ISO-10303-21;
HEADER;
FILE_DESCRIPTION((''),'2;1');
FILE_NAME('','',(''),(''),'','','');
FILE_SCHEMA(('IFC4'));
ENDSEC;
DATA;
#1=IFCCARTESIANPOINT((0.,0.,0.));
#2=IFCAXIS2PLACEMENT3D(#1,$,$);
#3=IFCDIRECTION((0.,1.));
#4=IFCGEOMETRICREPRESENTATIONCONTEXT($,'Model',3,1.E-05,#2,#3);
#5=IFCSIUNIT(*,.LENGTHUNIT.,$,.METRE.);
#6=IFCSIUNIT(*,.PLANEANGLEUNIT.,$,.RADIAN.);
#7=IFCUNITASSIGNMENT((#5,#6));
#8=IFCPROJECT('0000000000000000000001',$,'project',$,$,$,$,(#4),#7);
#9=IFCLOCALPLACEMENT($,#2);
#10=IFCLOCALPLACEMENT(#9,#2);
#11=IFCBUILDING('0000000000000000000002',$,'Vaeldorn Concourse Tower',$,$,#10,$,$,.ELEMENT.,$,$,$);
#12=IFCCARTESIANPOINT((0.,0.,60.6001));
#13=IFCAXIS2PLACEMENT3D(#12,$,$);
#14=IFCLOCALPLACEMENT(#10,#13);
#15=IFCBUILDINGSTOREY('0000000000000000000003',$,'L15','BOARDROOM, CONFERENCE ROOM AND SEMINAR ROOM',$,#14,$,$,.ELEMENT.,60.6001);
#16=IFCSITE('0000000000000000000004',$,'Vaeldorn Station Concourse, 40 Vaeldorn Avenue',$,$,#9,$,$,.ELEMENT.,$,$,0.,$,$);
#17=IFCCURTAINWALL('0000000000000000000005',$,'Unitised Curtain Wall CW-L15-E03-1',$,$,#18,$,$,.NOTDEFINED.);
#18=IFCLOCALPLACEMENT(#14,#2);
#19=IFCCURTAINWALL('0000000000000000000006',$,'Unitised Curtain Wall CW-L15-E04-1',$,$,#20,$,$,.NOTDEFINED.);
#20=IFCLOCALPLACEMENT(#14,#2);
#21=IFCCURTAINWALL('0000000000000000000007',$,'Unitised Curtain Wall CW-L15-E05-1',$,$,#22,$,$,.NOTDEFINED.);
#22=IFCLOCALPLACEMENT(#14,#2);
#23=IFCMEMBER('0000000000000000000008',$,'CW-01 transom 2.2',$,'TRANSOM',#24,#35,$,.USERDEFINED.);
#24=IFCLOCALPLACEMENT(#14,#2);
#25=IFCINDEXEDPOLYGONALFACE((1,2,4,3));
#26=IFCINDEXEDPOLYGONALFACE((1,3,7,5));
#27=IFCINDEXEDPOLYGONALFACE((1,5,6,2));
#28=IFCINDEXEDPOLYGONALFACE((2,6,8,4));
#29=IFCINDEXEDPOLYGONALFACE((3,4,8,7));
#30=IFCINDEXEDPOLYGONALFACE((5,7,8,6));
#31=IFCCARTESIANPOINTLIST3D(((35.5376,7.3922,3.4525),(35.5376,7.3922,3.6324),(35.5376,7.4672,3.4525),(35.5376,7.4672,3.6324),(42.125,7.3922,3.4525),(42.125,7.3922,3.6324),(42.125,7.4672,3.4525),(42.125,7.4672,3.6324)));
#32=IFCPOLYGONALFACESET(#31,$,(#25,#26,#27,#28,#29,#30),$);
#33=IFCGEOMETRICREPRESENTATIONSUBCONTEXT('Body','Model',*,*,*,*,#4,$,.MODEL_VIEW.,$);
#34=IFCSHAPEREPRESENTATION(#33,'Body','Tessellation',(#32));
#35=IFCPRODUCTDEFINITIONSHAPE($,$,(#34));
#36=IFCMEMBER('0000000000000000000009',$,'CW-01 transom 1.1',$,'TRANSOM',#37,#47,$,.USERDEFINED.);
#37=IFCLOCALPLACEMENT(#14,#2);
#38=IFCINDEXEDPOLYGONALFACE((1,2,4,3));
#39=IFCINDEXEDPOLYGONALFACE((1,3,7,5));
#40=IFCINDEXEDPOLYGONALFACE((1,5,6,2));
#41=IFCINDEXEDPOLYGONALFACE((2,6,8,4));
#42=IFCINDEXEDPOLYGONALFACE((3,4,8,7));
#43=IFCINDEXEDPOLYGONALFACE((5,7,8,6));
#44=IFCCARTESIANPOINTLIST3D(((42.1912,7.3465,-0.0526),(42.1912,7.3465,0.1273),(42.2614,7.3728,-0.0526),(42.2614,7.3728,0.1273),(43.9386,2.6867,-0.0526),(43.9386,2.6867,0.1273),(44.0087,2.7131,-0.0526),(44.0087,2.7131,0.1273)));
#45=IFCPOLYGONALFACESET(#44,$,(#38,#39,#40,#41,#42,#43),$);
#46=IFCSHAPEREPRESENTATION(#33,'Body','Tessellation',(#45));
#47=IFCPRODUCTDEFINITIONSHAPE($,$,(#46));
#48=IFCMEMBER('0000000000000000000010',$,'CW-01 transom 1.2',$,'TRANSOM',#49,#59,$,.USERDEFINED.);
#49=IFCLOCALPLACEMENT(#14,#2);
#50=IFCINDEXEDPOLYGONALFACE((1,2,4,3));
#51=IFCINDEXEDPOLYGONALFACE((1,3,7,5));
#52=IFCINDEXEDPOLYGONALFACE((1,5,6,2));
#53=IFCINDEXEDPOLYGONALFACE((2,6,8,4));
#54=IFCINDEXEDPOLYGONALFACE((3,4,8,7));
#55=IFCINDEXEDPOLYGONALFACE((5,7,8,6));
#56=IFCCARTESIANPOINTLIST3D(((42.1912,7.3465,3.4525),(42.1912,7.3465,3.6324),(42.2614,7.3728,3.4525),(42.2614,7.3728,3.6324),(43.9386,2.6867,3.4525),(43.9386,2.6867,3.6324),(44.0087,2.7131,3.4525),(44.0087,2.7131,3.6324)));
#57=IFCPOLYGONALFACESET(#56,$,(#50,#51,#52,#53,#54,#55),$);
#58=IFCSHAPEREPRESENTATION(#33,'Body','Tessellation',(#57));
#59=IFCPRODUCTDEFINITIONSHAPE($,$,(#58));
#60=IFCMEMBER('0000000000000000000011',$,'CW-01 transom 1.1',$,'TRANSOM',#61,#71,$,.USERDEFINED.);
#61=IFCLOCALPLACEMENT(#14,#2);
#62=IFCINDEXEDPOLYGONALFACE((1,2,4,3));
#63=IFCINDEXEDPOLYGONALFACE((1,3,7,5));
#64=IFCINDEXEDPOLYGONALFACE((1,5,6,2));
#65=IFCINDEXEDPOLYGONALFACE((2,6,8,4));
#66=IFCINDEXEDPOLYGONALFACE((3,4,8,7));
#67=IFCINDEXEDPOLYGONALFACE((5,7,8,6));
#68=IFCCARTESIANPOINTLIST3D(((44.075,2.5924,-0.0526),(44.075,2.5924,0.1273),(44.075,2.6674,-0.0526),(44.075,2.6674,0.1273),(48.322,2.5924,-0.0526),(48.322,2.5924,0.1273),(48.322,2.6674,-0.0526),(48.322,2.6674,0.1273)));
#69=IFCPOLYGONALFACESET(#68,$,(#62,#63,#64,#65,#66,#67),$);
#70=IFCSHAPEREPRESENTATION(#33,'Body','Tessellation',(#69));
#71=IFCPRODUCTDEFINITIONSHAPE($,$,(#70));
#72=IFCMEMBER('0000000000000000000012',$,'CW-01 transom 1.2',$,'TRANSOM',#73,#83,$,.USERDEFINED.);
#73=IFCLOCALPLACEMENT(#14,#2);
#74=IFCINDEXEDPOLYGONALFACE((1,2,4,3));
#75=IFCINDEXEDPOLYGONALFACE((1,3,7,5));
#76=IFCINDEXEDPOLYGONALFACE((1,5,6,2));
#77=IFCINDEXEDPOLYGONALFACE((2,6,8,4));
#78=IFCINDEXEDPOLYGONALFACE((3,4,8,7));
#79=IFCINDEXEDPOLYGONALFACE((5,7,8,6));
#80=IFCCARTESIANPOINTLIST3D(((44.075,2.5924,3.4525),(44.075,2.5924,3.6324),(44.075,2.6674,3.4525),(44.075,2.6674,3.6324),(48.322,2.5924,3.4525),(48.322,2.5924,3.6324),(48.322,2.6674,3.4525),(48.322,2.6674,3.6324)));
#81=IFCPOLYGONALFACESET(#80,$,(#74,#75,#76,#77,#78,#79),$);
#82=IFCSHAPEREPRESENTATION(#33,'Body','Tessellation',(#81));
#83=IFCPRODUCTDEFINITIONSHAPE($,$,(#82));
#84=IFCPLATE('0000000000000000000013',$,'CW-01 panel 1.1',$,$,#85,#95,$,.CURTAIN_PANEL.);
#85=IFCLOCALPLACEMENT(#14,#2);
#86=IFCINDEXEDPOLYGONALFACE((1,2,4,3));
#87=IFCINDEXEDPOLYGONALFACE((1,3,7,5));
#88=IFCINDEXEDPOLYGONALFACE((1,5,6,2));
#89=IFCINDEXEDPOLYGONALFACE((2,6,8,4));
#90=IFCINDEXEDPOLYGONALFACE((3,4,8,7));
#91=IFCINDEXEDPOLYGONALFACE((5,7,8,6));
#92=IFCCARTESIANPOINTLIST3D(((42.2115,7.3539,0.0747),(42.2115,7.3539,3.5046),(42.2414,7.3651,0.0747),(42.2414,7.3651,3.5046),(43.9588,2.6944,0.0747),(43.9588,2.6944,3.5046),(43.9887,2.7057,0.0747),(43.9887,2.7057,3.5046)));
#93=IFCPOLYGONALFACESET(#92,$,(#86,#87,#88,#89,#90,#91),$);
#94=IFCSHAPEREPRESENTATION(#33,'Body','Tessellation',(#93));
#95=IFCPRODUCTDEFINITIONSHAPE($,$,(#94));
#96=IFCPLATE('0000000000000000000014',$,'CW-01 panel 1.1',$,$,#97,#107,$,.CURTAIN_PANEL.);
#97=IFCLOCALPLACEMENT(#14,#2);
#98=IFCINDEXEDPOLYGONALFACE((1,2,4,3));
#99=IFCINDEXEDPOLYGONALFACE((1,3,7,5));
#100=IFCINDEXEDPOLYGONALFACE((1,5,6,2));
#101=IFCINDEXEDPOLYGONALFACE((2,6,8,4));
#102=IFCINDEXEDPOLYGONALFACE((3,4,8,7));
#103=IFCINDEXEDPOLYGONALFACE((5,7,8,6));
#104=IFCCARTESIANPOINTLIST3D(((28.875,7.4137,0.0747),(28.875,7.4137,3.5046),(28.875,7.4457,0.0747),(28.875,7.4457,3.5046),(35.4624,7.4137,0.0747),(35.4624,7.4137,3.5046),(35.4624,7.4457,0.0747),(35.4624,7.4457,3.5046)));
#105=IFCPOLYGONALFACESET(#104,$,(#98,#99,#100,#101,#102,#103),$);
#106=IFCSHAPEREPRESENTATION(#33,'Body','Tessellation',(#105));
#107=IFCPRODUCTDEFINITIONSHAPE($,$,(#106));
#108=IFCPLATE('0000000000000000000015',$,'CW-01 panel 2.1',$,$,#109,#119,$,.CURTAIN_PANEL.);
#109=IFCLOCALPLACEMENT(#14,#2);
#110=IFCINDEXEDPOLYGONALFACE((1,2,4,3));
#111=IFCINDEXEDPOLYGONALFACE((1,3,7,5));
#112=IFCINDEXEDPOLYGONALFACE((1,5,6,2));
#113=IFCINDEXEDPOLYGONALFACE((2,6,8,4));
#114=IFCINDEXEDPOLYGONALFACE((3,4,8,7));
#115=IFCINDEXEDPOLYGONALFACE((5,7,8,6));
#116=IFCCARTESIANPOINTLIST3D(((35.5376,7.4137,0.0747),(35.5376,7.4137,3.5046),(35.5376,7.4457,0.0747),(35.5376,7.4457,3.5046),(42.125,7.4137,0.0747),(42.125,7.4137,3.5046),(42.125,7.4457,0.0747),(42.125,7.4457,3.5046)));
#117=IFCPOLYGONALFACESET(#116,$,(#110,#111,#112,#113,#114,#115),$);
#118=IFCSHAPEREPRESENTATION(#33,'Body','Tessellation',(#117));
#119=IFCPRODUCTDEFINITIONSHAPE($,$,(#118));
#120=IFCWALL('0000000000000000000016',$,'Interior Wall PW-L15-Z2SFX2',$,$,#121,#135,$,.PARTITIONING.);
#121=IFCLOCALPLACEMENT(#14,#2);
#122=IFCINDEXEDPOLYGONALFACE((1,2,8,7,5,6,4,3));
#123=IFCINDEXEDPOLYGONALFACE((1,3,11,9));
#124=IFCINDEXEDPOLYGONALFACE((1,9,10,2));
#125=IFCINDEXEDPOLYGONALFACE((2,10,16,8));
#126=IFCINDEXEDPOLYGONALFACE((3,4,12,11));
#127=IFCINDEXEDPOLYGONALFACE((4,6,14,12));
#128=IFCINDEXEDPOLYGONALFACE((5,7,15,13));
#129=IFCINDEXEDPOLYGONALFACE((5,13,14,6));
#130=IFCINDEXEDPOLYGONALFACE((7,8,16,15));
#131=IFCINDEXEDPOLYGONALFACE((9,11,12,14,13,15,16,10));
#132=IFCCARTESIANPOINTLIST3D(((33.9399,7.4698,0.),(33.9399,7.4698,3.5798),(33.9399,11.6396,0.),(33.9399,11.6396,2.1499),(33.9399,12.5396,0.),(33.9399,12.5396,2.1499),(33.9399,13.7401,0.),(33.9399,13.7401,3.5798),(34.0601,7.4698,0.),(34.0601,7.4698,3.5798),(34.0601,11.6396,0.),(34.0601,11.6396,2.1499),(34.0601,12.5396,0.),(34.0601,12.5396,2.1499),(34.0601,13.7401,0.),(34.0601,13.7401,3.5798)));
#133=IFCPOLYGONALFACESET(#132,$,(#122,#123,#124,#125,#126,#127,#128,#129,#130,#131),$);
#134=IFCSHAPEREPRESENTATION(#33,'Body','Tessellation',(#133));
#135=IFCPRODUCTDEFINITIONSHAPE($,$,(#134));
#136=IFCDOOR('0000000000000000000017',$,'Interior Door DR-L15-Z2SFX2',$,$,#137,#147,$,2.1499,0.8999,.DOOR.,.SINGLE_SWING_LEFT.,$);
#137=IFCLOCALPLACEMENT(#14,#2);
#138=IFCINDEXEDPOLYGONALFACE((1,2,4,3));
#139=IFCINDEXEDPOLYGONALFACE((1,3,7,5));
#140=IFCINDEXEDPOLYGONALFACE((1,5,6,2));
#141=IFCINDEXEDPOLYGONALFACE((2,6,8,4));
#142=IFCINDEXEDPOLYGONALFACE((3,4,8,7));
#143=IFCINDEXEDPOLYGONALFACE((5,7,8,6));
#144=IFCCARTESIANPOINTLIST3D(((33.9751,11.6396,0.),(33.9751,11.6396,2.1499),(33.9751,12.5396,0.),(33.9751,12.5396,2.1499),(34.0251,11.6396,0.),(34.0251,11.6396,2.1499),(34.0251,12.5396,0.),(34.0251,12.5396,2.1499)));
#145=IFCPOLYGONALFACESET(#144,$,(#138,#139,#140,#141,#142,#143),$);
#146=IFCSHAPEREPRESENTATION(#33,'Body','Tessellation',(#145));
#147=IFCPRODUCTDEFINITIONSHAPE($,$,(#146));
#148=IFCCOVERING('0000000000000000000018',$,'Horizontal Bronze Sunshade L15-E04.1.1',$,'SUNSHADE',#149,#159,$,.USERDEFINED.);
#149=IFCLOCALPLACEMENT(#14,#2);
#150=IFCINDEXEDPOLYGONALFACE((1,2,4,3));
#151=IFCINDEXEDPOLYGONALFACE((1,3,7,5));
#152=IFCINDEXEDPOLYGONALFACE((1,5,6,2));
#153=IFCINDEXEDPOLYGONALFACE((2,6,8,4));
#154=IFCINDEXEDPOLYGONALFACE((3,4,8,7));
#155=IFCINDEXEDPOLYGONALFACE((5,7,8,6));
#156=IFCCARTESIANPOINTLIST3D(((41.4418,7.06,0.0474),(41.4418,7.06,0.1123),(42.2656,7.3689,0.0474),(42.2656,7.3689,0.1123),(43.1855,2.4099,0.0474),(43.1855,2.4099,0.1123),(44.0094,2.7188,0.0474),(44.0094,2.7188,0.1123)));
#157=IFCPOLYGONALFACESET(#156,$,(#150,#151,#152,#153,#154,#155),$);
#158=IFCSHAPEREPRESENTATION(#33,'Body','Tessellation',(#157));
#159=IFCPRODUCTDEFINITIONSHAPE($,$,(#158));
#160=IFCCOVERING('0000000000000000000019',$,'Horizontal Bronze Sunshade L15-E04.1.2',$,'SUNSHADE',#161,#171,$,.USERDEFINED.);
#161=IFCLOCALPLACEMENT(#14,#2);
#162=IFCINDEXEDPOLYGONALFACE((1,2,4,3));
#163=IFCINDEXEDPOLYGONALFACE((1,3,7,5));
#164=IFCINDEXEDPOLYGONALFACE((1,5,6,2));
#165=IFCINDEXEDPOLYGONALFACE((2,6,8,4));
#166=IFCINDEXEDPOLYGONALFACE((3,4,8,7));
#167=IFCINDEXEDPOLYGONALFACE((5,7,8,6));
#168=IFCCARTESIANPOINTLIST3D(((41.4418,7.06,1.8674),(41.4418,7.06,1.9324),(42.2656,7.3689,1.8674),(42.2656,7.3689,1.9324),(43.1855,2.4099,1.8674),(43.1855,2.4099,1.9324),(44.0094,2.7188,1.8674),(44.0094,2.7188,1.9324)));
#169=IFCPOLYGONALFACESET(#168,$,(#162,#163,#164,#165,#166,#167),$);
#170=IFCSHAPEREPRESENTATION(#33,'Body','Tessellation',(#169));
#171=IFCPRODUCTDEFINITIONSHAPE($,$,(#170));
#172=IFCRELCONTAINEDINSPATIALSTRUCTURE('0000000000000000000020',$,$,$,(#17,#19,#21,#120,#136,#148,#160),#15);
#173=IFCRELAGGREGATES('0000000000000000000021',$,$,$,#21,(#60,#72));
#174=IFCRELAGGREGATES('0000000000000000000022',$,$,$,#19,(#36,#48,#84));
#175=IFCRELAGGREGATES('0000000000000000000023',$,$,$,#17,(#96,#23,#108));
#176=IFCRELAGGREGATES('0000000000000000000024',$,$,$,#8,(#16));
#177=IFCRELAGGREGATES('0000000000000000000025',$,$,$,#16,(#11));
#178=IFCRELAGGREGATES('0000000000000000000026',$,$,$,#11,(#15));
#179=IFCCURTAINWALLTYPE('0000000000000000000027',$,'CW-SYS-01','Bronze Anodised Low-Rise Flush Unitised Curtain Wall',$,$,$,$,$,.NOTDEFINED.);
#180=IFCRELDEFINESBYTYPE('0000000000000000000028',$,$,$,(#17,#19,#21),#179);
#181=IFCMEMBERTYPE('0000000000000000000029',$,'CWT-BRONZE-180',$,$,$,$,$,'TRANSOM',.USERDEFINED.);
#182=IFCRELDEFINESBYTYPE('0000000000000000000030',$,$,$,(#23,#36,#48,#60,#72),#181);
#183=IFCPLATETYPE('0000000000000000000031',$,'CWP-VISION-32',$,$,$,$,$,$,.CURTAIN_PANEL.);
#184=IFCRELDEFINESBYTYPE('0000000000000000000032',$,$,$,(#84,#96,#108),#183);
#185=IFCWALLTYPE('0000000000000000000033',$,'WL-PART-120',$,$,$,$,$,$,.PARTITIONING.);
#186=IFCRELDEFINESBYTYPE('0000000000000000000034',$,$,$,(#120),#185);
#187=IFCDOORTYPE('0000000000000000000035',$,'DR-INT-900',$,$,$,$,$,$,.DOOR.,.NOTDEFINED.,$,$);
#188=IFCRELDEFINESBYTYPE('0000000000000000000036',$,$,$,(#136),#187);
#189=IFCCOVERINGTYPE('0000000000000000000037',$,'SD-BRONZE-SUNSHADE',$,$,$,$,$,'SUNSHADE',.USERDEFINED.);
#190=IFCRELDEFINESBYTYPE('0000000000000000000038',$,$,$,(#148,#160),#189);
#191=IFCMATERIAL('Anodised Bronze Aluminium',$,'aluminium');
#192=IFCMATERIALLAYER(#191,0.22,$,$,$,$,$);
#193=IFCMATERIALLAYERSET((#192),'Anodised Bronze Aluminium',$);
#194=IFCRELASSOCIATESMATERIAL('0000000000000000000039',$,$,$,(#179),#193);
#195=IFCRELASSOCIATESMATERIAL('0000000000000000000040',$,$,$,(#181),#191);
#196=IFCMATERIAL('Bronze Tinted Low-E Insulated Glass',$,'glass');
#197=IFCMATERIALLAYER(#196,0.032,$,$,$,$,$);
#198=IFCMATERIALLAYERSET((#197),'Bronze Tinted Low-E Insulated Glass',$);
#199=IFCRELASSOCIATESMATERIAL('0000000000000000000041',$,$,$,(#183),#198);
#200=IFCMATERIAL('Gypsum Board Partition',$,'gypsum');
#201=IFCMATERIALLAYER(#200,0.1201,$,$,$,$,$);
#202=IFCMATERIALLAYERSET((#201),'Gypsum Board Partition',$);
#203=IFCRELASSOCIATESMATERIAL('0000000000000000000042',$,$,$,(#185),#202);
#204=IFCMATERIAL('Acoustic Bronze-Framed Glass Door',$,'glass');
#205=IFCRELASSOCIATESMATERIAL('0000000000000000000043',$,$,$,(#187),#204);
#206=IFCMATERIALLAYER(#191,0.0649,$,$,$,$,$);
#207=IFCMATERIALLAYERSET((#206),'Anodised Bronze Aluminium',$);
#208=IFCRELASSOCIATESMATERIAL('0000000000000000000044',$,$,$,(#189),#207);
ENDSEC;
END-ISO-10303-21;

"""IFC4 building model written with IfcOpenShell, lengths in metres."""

from ifc_helpers import new_model, si_unit, direction, frame, frame_2d, origin, origin_2d, place, context, subcontext, project, spatial, rectangle, extrude, source, transform, mapped, material, layer, layer_set, material_profile, profile_set, type_object, element, fill, aggregate, save


model = new_model("IFC4")

# Units and contexts
model_context = context("Model", 3, precision=1e-05, world=origin(), true_north=direction((0.0, 1.0)))
body_context = subcontext(model_context, "Body", "Model", "MODEL_VIEW")
ifc_project = project(units=[si_unit("LENGTHUNIT", "METRE"), si_unit("PLANEANGLEUNIT", "RADIAN")], contexts=[model_context])

# Site, building, storey
site_placement = place(None, origin())
site = spatial("IfcSite", under=ifc_project, at=site_placement, Name="Vaeldorn Station Concourse, 40 Vaeldorn Avenue", CompositionType="ELEMENT", RefElevation=0.0)
building_placement = place(site_placement, origin())
building = spatial("IfcBuilding", under=site, at=building_placement, Name="Vaeldorn Concourse Tower", CompositionType="ELEMENT")
storey_placement = place(building_placement, frame((0.0, 0.0, 60.6001)))
storey = spatial("IfcBuildingStorey", under=building, at=storey_placement, Name="L15", Description="BOARDROOM, CONFERENCE ROOM AND SEMINAR ROOM", CompositionType="ELEMENT", Elevation=60.6001)

# Curtain walls
ifc_material_1 = material(Name="Anodised Bronze Aluminium", Category="aluminium")
ifc_layer_1 = layer(ifc_material_1, 0.22)
ifc_layer_set_1 = layer_set([ifc_layer_1], Name="Anodised Bronze Aluminium")
curtain_wall_type = type_object("IfcCurtainWallType", Name="CW-SYS-01", Description="Bronze Anodised Low-Rise Flush Unitised Curtain Wall", PredefinedType="NOTDEFINED", material=ifc_layer_set_1)
curtain_wall_1_placement = place(storey_placement, origin())
curtain_wall_1 = element("IfcCurtainWall", 1, at=curtain_wall_1_placement, inside=storey, type_object=curtain_wall_type, Name="Unitised Curtain Wall CW-L15-E03-1", PredefinedType="NOTDEFINED")
curtain_wall_2_placement = place(storey_placement, origin())
curtain_wall_2 = element("IfcCurtainWall", 2, at=curtain_wall_2_placement, inside=storey, type_object=curtain_wall_type, Name="Unitised Curtain Wall CW-L15-E04-1", PredefinedType="NOTDEFINED")

# Curtain wall
curtain_wall_3_placement = place(storey_placement, origin())
curtain_wall_3 = element("IfcCurtainWall", 3, at=curtain_wall_3_placement, inside=storey, type_object=curtain_wall_type, Name="Unitised Curtain Wall CW-L15-E05-1", PredefinedType="NOTDEFINED")

# Members
ifc_material_profile_1 = material_profile(ifc_material_1, rectangle(XDim=0.075, YDim=0.1799, at=origin_2d()), Name="CWT 75x180")
ifc_profile_set_1 = profile_set([ifc_material_profile_1], Name="Anodised Bronze Aluminium")
member_type_1 = type_object("IfcMemberType", Name="CWT-BRONZE-180", ElementType="TRANSOM", PredefinedType="USERDEFINED", material=ifc_profile_set_1)
shared_shape_1 = source(origin(), body_context, "Body", "SweptSolid", [
    extrude(rectangle(XDim=0.075, YDim=0.1799, at=origin_2d()), origin(), (0.0, 0.0, 1.0), 6.5874),
])
member_1_placement = place(storey_placement, frame((35.5376, 7.4297, 3.5425), z_axis=(1.0, 0.0, 0.0), x_axis=(0.0, 1.0, 0.0)))
member_1 = element("IfcMember", 4, at=member_1_placement, type_object=member_type_1, Name="CW-01 transom 2.2", ObjectType="TRANSOM", PredefinedType="USERDEFINED", context=body_context, shape_type="MappedRepresentation", body=[
    mapped(shared_shape_1, transform((0.0, 0.0, 0.0), scale=1.0)),
])
shared_shape_2 = source(origin(), body_context, "Body", "SweptSolid", [
    extrude(rectangle(XDim=0.075, YDim=0.1799, at=origin_2d()), origin(), (0.0, 0.0, 1.0), 4.9766),
])
member_2_placement = place(storey_placement, frame((42.2263, 7.3596, 0.0374), z_axis=(0.351113, -0.936333, 0.0), x_axis=(0.936333, 0.351113, 0.0)))
member_2 = element("IfcMember", 5, at=member_2_placement, type_object=member_type_1, Name="CW-01 transom 1.1", ObjectType="TRANSOM", PredefinedType="USERDEFINED", context=body_context, shape_type="MappedRepresentation", body=[
    mapped(shared_shape_2, transform((0.0, 0.0, 0.0), scale=1.0)),
])
member_3_placement = place(storey_placement, frame((42.2263, 7.3596, 3.5425), z_axis=(0.351113, -0.936333, 0.0), x_axis=(0.936333, 0.351113, 0.0)))
member_3 = element("IfcMember", 6, at=member_3_placement, type_object=member_type_1, Name="CW-01 transom 1.2", ObjectType="TRANSOM", PredefinedType="USERDEFINED", context=body_context, shape_type="MappedRepresentation", body=[
    mapped(shared_shape_2, transform((0.0, 0.0, 0.0), scale=1.0)),
])
shared_shape_3 = source(origin(), body_context, "Body", "SweptSolid", [
    extrude(rectangle(XDim=0.075, YDim=0.1799, at=origin_2d()), origin(), (0.0, 0.0, 1.0), 4.2471),
])
member_4_placement = place(storey_placement, frame((44.075, 2.6299, 0.0374), z_axis=(1.0, 0.0, 0.0), x_axis=(0.0, 1.0, 0.0)))
member_4 = element("IfcMember", 7, at=member_4_placement, type_object=member_type_1, Name="CW-01 transom 1.1", ObjectType="TRANSOM", PredefinedType="USERDEFINED", context=body_context, shape_type="MappedRepresentation", body=[
    mapped(shared_shape_3, transform((0.0, 0.0, 0.0), scale=1.0)),
])
member_5_placement = place(storey_placement, frame((44.075, 2.6299, 3.5425), z_axis=(1.0, 0.0, 0.0), x_axis=(0.0, 1.0, 0.0)))
member_5 = element("IfcMember", 8, at=member_5_placement, type_object=member_type_1, Name="CW-01 transom 1.2", ObjectType="TRANSOM", PredefinedType="USERDEFINED", context=body_context, shape_type="MappedRepresentation", body=[
    mapped(shared_shape_3, transform((0.0, 0.0, 0.0), scale=1.0)),
])
aggregate(curtain_wall_3, [member_4, member_5])

# Plates
ifc_material_2 = material(Name="Bronze Tinted Low-E Insulated Glass", Category="glass")
ifc_layer_2 = layer(ifc_material_2, 0.032)
ifc_layer_set_2 = layer_set([ifc_layer_2], Name="Bronze Tinted Low-E Insulated Glass")
plate_type = type_object("IfcPlateType", Name="CWP-VISION-32", PredefinedType="CURTAIN_PANEL", material=ifc_layer_set_2)
shared_shape_4 = source(origin(), body_context, "Body", "SweptSolid", [
    extrude(rectangle(XDim=4.9763, YDim=0.032, at=origin_2d()), origin(), (0.0, 0.0, 1.0), 3.4299),
])
plate_1_placement = place(storey_placement, frame((43.1001, 5.0298, 0.0747), z_axis=(0.0, 0.0, 1.0), x_axis=(0.351123, -0.936329, 0.0)))
plate_1 = element("IfcPlate", 9, at=plate_1_placement, type_object=plate_type, Name="CW-01 panel 1.1", PredefinedType="CURTAIN_PANEL", context=body_context, shape_type="MappedRepresentation", body=[
    mapped(shared_shape_4, transform((0.0, 0.0, 0.0), scale=1.0)),
])
aggregate(curtain_wall_2, [member_2, member_3, plate_1])
shared_shape_5 = source(origin(), body_context, "Body", "SweptSolid", [
    extrude(rectangle(XDim=6.5874, YDim=0.032, at=origin_2d()), origin(), (0.0, 0.0, 1.0), 3.4299),
])
plate_2_placement = place(storey_placement, frame((32.1687, 7.4297, 0.0747), z_axis=(0.0, 0.0, 1.0), x_axis=(1.0, 0.0, 0.0)))
plate_2 = element("IfcPlate", 10, at=plate_2_placement, type_object=plate_type, Name="CW-01 panel 1.1", PredefinedType="CURTAIN_PANEL", context=body_context, shape_type="MappedRepresentation", body=[
    mapped(shared_shape_5, transform((0.0, 0.0, 0.0), scale=1.0)),
])
plate_3_placement = place(storey_placement, frame((38.8313, 7.4297, 0.0747), z_axis=(0.0, 0.0, 1.0), x_axis=(1.0, 0.0, 0.0)))
plate_3 = element("IfcPlate", 11, at=plate_3_placement, type_object=plate_type, Name="CW-01 panel 2.1", PredefinedType="CURTAIN_PANEL", context=body_context, shape_type="MappedRepresentation", body=[
    mapped(shared_shape_5, transform((0.0, 0.0, 0.0), scale=1.0)),
])
aggregate(curtain_wall_1, [plate_2, member_1, plate_3])

# Wall, opening, door
ifc_material_3 = material(Name="Gypsum Board Partition", Category="gypsum")
ifc_layer_3 = layer(ifc_material_3, 0.1201)
ifc_layer_set_3 = layer_set([ifc_layer_3], Name="Gypsum Board Partition")
wall_type = type_object("IfcWallType", Name="WL-PART-120", PredefinedType="PARTITIONING", material=ifc_layer_set_3)
wall_placement = place(storey_placement, frame((34.0, 7.4697, 0.0), z_axis=(0.0, 0.0, 1.0), x_axis=(0.0, 1.0, 0.0)))
wall = element("IfcWall", 12, at=wall_placement, inside=storey, type_object=wall_type, Name="Interior Wall PW-L15-Z2SFX2", PredefinedType="PARTITIONING", context=body_context, shape_type="SweptSolid", body=[
    extrude(rectangle(XDim=6.2703, YDim=0.1201, at=frame_2d((3.1353, 0.0))), origin(), (0.0, 0.0, 1.0), 3.5798),
])
opening_placement = place(wall_placement, frame((4.1699, 0.0, 0.0)))
opening = element("IfcOpeningElement", 13, at=opening_placement, cuts=wall, PredefinedType="OPENING", context=body_context, shape_type="SweptSolid", body=[
    extrude(rectangle(XDim=0.8999, YDim=2.1499, at=frame_2d((0.45, 1.075))), frame((0.0, 0.0701, 0.0), z_axis=(0.0, -1.0, 0.0), x_axis=(1.0, 0.0, 0.0)), (0.0, 0.0, 1.0), 0.1401),
])
ifc_material_4 = material(Name="Acoustic Bronze-Framed Glass Door", Category="glass")
door_type = type_object("IfcDoorType", Name="DR-INT-900", OperationType="NOTDEFINED", PredefinedType="DOOR", material=ifc_material_4)
shared_shape_6 = source(origin(), body_context, "Body", "SweptSolid", [
    extrude(rectangle(XDim=0.8999, YDim=2.1499, at=frame_2d((0.45, 1.075))), frame((0.0, 0.0249, 0.0), z_axis=(0.0, -1.0, 0.0), x_axis=(1.0, 0.0, 0.0)), (0.0, 0.0, 1.0), 0.05),
])
door_placement = place(opening_placement, origin())
door = element("IfcDoor", 14, at=door_placement, inside=storey, type_object=door_type, Name="Interior Door DR-L15-Z2SFX2", OperationType="SINGLE_SWING_LEFT", OverallHeight=2.1499, OverallWidth=0.8999, PredefinedType="DOOR", context=body_context, shape_type="MappedRepresentation", body=[
    mapped(shared_shape_6, transform((0.0, 0.0, 0.0), scale=1.0)),
])
fill(opening, door)

# Coverings
ifc_layer_4 = layer(ifc_material_1, 0.0649)
ifc_layer_set_4 = layer_set([ifc_layer_4], Name="Anodised Bronze Aluminium")
covering_type = type_object("IfcCoveringType", Name="SD-BRONZE-SUNSHADE", ElementType="SUNSHADE", PredefinedType="USERDEFINED", material=ifc_layer_set_4)
shared_shape_7 = source(origin(), body_context, "Body", "SweptSolid", [
    extrude(rectangle(XDim=4.9663, YDim=0.8799, at=origin_2d()), origin(), (0.0, 0.0, 1.0), 0.0649),
])
for number, where, z_axis, x_axis, name in (
    (15, (42.7256, 4.8894, 0.0474), (0.0, 0.0, 1.0), (0.351123, -0.936329, 0.0), "Horizontal Bronze Sunshade L15-E04.1.1"),
    (16, (42.7256, 4.8894, 1.8674), (0.0, 0.0, 1.0), (0.351123, -0.936329, 0.0), "Horizontal Bronze Sunshade L15-E04.1.2"),
):
    element("IfcCovering", number, at=place(storey_placement, frame(where, z_axis=z_axis, x_axis=x_axis)), inside=storey, type_object=covering_type, Name=name, ObjectType="SUNSHADE", PredefinedType="USERDEFINED", context=body_context, shape_type="MappedRepresentation", body=[
        mapped(shared_shape_7, transform((0.0, 0.0, 0.0), scale=1.0)),
    ])

save(model, "model.ifc")
